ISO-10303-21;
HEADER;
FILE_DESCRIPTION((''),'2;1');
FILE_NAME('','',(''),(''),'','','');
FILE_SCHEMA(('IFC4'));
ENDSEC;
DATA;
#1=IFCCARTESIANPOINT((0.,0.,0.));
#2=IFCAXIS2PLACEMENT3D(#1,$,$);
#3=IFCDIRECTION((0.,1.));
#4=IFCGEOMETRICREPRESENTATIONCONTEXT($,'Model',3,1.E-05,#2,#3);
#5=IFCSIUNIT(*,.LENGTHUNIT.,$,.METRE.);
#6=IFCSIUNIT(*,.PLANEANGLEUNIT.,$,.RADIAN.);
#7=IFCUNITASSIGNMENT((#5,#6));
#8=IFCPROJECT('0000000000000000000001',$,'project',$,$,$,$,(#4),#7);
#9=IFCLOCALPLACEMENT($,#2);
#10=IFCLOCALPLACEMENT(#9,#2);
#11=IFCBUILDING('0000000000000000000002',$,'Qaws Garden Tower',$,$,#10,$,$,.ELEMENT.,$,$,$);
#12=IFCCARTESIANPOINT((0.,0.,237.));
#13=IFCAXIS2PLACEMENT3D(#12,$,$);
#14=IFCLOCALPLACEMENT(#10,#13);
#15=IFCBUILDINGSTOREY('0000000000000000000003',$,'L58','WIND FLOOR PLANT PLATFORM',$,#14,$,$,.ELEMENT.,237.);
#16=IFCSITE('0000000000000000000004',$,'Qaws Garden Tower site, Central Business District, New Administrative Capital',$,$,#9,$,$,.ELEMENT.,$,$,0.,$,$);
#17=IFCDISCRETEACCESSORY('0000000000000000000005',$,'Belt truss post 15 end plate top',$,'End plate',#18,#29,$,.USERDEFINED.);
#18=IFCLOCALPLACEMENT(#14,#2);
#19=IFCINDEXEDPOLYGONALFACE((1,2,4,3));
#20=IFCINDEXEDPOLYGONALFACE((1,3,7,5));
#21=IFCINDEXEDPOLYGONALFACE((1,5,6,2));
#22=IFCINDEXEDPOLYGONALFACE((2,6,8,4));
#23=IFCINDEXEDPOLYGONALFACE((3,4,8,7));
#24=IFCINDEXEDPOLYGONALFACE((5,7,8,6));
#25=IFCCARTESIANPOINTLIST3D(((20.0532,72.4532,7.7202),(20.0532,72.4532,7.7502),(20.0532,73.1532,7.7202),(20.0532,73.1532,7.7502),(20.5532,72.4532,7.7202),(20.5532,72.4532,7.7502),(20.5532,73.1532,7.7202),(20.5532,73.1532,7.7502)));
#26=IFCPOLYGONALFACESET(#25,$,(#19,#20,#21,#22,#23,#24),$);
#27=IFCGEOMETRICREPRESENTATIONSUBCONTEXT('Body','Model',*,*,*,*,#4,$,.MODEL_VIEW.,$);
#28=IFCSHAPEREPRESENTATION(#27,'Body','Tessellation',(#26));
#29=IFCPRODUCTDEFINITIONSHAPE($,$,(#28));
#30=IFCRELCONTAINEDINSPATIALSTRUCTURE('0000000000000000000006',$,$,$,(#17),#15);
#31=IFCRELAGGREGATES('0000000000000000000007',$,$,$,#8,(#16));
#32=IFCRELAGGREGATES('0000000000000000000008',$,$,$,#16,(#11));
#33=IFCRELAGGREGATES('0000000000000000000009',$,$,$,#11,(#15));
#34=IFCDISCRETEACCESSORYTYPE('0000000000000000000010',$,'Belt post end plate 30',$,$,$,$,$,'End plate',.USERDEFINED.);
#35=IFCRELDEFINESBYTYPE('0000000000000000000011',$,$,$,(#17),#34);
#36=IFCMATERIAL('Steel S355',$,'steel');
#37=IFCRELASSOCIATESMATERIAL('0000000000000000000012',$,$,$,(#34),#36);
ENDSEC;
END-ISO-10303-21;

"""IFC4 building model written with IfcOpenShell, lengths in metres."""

from ifc_helpers import new_model, si_unit, direction, frame, origin, origin_2d, place, context, subcontext, project, spatial, rectangle, extrude, material, type_object, element, save


model = new_model("IFC4")

# Units and contexts
model_context = context("Model", 3, precision=1e-05, world=origin(), true_north=direction((0.0, 1.0)))
body_context = subcontext(model_context, "Body", "Model", "MODEL_VIEW")
ifc_project = project(units=[si_unit("LENGTHUNIT", "METRE"), si_unit("PLANEANGLEUNIT", "RADIAN")], contexts=[model_context])

# Site, building, storey
site_placement = place(None, origin())
site = spatial("IfcSite", under=ifc_project, at=site_placement, Name="Qaws Garden Tower site, Central Business District, New Administrative Capital", CompositionType="ELEMENT", RefElevation=0.0)
building_placement = place(site_placement, origin())
building = spatial("IfcBuilding", under=site, at=building_placement, Name="Qaws Garden Tower", CompositionType="ELEMENT")
storey_placement = place(building_placement, frame((0.0, 0.0, 237.0)))
storey = spatial("IfcBuildingStorey", under=building, at=storey_placement, Name="L58", Description="WIND FLOOR PLANT PLATFORM", CompositionType="ELEMENT", Elevation=237.0)

# Discrete accessory
ifc_material_1 = material(Name="Steel S355", Category="steel")
discrete_accessory_type = type_object("IfcDiscreteAccessoryType", Name="Belt post end plate 30", ElementType="End plate", PredefinedType="USERDEFINED", material=ifc_material_1)
discrete_accessory_1_placement = place(storey_placement, frame((20.3032, 72.8032, 7.7202), z_axis=(0.0, 0.0, 1.0), x_axis=(1.0, 0.0, 0.0)))
element("IfcDiscreteAccessory", 1, at=discrete_accessory_1_placement, inside=storey, type_object=discrete_accessory_type, Name="Belt truss post 15 end plate top", ObjectType="End plate", PredefinedType="USERDEFINED", context=body_context, shape_type="SweptSolid", body=[
    extrude(rectangle(XDim=0.5, YDim=0.7, at=origin_2d()), origin(), (0.0, 0.0, 1.0), 0.03),
])

save(model, "model.ifc")
